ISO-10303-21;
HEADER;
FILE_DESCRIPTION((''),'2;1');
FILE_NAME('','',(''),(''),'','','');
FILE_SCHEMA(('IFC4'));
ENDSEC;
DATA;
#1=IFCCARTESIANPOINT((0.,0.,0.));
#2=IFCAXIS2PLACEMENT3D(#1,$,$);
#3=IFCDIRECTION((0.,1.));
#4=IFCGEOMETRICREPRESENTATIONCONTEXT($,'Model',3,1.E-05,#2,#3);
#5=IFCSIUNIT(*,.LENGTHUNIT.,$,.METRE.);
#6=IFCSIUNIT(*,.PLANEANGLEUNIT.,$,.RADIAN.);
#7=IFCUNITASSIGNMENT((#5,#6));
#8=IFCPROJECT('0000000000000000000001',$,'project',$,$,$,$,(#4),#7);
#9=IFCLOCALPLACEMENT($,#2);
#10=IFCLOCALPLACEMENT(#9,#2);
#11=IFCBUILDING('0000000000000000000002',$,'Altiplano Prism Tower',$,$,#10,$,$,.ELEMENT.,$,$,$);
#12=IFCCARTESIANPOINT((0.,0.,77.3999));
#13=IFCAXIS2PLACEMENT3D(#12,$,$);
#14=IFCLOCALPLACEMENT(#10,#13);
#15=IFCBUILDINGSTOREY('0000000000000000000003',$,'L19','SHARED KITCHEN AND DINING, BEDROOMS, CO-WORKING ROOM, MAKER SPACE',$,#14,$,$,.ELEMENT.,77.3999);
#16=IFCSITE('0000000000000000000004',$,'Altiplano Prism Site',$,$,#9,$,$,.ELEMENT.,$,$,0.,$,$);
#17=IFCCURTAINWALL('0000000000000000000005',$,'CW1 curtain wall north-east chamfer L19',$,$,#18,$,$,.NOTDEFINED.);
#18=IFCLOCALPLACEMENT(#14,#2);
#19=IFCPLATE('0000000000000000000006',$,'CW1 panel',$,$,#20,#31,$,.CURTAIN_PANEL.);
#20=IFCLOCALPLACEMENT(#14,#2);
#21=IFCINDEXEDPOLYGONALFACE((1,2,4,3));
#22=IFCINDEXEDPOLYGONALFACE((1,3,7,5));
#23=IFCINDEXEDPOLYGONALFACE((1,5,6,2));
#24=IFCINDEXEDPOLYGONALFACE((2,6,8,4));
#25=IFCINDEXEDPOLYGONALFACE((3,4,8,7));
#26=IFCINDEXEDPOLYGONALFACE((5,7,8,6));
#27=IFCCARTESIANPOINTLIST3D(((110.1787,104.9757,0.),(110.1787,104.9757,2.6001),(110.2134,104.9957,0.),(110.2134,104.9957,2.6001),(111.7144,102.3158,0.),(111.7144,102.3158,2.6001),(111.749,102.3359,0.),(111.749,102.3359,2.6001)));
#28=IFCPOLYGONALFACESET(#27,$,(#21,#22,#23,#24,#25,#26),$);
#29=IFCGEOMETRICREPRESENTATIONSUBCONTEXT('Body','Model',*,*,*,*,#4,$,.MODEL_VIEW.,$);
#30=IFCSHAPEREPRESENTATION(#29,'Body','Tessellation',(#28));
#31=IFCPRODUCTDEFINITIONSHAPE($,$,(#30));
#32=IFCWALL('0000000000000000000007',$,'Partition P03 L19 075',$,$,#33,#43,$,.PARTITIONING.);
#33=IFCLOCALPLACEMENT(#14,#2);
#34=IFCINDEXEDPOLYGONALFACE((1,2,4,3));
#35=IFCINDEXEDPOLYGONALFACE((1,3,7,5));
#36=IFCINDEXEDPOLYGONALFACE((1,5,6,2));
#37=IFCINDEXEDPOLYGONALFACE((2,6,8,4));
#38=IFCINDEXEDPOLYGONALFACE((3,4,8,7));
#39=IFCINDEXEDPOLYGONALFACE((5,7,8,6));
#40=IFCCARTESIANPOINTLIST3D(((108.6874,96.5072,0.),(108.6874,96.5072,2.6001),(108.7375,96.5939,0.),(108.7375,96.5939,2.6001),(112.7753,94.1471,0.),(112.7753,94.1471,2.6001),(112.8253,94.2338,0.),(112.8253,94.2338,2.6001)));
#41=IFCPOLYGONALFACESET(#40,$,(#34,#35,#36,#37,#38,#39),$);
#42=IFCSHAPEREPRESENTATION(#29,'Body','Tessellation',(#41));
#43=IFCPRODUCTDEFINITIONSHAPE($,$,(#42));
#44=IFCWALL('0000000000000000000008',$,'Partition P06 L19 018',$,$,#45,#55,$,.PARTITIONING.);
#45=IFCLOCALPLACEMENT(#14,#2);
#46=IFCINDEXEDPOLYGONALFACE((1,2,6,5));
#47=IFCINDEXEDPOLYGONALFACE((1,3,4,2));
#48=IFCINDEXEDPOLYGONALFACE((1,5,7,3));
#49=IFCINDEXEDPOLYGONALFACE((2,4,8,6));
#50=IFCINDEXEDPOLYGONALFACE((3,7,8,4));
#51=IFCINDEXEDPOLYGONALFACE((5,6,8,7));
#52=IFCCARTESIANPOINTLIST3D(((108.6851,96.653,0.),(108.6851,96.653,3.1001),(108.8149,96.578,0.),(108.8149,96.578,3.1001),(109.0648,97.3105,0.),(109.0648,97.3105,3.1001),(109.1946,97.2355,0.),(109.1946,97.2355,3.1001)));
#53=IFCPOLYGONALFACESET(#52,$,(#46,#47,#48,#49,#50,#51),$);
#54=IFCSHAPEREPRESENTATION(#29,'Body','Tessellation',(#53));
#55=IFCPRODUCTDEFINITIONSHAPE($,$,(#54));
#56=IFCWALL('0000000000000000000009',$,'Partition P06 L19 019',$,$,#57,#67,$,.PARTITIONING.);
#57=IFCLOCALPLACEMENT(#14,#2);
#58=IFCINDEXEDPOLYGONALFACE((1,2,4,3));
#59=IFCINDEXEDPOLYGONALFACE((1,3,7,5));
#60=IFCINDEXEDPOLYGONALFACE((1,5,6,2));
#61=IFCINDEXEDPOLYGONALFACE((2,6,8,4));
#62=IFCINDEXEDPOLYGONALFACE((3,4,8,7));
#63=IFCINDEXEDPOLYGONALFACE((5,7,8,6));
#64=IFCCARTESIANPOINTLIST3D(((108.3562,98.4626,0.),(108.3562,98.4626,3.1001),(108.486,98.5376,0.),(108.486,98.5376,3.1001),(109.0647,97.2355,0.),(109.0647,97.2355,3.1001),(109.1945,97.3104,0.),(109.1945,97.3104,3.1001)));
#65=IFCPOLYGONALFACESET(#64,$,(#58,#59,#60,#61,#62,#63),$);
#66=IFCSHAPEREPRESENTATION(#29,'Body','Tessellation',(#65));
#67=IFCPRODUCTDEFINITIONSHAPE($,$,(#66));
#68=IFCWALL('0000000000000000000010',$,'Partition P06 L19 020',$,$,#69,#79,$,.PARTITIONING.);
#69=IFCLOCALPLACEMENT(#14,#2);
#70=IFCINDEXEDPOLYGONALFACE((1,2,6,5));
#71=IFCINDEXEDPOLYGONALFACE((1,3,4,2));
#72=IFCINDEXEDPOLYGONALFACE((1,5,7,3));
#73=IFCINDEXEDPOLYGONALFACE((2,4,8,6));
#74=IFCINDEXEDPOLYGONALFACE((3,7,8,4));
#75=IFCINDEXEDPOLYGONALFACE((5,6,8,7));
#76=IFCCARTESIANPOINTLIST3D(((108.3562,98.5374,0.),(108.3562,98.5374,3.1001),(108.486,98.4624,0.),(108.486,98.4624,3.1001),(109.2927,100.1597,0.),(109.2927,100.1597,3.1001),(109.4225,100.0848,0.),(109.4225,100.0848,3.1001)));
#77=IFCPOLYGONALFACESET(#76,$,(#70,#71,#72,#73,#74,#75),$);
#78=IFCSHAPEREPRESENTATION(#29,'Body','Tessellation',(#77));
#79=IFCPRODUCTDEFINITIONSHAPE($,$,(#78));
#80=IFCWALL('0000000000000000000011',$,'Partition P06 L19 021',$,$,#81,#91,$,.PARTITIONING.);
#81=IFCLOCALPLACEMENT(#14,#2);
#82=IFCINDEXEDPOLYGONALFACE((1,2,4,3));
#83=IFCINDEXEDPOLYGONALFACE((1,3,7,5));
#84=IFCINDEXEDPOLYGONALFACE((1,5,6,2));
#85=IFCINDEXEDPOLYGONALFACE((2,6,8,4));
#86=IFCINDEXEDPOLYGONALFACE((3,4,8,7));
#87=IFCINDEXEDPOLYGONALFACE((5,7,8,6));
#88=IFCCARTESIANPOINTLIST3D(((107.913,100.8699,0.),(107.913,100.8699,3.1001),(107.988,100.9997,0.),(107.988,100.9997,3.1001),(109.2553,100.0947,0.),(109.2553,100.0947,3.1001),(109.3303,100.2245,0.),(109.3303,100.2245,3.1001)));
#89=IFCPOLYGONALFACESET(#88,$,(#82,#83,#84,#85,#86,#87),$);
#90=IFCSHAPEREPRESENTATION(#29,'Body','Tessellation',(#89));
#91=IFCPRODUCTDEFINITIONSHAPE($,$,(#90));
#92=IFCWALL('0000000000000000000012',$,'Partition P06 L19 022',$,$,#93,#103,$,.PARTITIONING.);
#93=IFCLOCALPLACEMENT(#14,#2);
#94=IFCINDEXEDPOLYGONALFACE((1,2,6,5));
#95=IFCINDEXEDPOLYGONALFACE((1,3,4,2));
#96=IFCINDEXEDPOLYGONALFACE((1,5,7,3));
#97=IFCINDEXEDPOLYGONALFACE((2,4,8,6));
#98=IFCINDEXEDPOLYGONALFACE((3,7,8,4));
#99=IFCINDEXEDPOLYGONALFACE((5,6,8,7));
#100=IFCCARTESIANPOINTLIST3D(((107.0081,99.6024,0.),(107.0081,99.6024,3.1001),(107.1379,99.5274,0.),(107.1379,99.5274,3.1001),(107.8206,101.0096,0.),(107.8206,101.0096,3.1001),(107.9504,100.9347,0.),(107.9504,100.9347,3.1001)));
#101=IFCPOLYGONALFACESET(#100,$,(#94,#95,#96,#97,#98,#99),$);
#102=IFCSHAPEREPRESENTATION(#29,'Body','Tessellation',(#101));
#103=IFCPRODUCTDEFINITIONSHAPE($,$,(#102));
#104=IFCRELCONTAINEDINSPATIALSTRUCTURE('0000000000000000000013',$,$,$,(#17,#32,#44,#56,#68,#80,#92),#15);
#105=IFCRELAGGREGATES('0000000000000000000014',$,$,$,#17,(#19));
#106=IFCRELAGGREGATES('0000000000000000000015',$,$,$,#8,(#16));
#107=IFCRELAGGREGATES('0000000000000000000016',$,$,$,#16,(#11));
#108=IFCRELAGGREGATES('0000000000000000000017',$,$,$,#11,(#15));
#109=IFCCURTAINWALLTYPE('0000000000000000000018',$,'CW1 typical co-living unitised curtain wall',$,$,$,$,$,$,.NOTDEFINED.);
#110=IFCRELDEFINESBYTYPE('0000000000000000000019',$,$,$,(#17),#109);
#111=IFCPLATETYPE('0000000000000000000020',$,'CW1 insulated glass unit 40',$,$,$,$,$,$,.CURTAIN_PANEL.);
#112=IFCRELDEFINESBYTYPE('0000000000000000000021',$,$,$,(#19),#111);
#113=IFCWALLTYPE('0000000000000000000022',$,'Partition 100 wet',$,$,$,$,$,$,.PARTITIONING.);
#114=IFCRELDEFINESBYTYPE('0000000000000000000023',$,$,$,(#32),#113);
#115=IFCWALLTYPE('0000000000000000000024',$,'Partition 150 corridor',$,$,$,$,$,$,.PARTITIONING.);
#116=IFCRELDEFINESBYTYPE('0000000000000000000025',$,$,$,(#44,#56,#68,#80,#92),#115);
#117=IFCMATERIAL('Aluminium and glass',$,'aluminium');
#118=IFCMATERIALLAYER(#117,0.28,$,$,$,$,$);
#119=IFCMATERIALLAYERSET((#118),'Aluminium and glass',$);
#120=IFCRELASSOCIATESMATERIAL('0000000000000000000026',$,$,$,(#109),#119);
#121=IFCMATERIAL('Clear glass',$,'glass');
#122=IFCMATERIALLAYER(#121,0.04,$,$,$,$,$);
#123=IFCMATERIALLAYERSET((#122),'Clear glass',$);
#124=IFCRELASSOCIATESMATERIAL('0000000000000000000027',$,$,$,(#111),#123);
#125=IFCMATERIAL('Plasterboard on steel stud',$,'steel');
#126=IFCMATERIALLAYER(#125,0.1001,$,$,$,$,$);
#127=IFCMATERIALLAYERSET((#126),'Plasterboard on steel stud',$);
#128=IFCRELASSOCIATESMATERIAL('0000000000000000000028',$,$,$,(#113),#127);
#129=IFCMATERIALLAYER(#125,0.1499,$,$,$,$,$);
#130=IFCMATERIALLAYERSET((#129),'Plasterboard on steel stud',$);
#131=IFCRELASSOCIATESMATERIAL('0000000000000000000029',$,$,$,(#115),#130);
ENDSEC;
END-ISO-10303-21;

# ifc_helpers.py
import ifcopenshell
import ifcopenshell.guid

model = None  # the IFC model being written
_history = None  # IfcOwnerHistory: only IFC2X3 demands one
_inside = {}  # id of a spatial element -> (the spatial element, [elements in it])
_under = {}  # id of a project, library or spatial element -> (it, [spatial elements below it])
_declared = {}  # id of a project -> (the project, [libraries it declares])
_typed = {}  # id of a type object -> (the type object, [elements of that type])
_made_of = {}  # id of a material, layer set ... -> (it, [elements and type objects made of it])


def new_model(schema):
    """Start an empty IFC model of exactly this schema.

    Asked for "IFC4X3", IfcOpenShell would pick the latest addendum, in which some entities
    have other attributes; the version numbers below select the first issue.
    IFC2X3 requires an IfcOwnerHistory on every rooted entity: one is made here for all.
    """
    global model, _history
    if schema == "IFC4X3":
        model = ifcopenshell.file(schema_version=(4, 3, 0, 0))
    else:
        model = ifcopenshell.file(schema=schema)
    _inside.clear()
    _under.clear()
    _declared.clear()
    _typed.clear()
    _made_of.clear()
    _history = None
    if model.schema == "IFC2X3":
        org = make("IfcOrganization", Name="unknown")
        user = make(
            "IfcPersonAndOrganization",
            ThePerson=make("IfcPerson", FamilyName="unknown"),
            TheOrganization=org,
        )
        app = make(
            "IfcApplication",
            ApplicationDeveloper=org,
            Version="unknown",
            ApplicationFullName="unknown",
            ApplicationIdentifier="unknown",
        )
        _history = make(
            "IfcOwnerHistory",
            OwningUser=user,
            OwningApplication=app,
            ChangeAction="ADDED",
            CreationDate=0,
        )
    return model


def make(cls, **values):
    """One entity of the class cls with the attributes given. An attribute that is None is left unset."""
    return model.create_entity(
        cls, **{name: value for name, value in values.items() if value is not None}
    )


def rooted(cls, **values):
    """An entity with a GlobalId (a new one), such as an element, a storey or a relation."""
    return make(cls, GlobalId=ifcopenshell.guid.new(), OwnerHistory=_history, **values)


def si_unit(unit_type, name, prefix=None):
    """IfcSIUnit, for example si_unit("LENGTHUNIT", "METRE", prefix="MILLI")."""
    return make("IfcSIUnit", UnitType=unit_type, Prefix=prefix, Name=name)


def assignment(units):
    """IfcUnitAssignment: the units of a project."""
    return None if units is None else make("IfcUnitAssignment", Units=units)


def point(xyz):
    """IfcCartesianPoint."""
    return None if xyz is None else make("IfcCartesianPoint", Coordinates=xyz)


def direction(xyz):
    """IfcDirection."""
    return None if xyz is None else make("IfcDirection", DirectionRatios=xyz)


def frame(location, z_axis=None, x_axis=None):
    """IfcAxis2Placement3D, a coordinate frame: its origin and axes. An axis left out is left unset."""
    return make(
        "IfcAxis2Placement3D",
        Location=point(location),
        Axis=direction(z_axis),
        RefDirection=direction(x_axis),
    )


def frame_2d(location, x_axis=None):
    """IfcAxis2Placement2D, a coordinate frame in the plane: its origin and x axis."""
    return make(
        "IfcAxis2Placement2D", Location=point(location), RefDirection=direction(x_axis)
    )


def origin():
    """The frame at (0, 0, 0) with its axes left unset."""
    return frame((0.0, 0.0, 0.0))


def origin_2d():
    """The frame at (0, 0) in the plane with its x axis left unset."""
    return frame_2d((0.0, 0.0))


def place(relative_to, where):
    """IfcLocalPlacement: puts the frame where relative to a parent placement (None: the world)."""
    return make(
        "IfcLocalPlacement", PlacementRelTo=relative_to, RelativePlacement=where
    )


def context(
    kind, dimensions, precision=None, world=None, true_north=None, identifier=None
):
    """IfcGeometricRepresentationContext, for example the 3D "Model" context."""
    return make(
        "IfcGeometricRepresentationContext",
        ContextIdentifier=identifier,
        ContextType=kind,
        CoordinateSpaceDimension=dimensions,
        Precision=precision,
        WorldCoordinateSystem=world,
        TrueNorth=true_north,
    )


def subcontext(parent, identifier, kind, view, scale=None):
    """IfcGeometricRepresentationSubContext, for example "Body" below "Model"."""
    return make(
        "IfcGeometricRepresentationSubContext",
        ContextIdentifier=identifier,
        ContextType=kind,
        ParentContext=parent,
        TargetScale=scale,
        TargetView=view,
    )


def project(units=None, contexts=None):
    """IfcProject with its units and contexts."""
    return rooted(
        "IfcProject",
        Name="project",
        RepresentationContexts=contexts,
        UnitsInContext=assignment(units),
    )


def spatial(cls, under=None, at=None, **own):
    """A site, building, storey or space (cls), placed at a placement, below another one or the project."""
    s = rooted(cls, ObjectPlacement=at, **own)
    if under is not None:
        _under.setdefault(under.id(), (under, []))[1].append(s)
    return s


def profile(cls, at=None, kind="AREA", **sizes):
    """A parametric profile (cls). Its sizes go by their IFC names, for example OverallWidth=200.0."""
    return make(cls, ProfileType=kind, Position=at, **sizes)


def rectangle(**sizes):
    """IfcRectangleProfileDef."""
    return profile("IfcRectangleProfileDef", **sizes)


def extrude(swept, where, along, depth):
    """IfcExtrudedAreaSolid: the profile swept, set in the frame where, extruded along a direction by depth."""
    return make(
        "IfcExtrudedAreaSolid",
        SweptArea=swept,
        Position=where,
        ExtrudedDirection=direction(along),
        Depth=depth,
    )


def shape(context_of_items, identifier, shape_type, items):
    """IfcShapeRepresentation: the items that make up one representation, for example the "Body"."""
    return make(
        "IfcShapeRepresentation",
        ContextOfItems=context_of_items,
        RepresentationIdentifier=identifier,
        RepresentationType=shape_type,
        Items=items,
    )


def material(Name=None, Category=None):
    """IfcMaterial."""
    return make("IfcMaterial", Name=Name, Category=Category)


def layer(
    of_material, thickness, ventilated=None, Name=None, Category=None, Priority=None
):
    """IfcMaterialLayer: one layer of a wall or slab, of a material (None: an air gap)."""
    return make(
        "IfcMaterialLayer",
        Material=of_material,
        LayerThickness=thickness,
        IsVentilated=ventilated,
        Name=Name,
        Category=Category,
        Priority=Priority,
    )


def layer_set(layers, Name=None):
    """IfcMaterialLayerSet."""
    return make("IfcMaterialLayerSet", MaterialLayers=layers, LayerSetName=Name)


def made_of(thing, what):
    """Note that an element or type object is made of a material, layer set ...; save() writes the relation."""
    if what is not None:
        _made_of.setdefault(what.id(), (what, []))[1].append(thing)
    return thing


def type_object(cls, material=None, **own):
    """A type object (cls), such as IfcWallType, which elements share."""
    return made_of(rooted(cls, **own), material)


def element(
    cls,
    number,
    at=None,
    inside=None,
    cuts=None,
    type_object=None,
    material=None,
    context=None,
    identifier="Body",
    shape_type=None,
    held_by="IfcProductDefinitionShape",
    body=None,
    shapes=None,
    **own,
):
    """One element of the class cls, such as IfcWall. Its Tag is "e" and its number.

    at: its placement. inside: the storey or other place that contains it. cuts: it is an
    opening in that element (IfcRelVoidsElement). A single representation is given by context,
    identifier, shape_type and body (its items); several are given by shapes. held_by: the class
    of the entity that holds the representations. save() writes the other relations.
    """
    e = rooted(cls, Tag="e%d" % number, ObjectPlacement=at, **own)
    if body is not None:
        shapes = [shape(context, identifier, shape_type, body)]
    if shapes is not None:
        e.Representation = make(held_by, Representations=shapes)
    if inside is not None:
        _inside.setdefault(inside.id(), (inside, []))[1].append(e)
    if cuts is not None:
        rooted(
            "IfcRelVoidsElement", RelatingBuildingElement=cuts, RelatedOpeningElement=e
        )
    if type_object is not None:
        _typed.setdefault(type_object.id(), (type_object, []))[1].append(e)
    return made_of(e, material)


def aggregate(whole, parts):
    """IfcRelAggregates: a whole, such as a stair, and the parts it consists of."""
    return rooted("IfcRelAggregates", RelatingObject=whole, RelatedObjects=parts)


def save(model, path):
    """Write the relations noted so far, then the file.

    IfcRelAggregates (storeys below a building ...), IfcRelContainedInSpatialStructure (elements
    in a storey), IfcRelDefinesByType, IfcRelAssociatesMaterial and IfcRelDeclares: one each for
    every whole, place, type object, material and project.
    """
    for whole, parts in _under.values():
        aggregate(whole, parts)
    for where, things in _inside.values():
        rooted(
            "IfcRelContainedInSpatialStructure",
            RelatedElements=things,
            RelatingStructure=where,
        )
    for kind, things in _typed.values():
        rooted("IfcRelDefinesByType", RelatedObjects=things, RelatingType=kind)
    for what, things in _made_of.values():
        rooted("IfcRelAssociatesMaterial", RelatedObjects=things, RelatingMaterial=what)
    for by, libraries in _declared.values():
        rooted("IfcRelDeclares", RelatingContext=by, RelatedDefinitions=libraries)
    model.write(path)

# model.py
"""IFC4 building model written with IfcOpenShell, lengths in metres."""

from ifc_helpers import new_model, si_unit, direction, frame, frame_2d, origin, origin_2d, place, context, subcontext, project, spatial, rectangle, extrude, material, layer, layer_set, type_object, element, aggregate, save


model = new_model("IFC4")

# Units and contexts
model_context = context("Model", 3, precision=1e-05, world=origin(), true_north=direction((0.0, 1.0)))
body_context = subcontext(model_context, "Body", "Model", "MODEL_VIEW")
ifc_project = project(units=[si_unit("LENGTHUNIT", "METRE"), si_unit("PLANEANGLEUNIT", "RADIAN")], contexts=[model_context])

# Site, building, storey
site_placement = place(None, origin())
site = spatial("IfcSite", under=ifc_project, at=site_placement, Name="Altiplano Prism Site", CompositionType="ELEMENT", RefElevation=0.0)
building_placement = place(site_placement, origin())
building = spatial("IfcBuilding", under=site, at=building_placement, Name="Altiplano Prism Tower", CompositionType="ELEMENT")
storey_placement = place(building_placement, frame((0.0, 0.0, 77.3999)))
storey = spatial("IfcBuildingStorey", under=building, at=storey_placement, Name="L19", Description="SHARED KITCHEN AND DINING, BEDROOMS, CO-WORKING ROOM, MAKER SPACE", CompositionType="ELEMENT", Elevation=77.3999)

# Curtain wall
ifc_material_1 = material(Name="Aluminium and glass", Category="aluminium")
ifc_layer_1 = layer(ifc_material_1, 0.28)
ifc_layer_set_1 = layer_set([ifc_layer_1], Name="Aluminium and glass")
curtain_wall_type = type_object("IfcCurtainWallType", Name="CW1 typical co-living unitised curtain wall", PredefinedType="NOTDEFINED", material=ifc_layer_set_1)
curtain_wall_1_placement = place(storey_placement, origin())
curtain_wall_1 = element("IfcCurtainWall", 1, at=curtain_wall_1_placement, inside=storey, type_object=curtain_wall_type, Name="CW1 curtain wall north-east chamfer L19", PredefinedType="NOTDEFINED")

# Plate
ifc_material_2 = material(Name="Clear glass", Category="glass")
ifc_layer_2 = layer(ifc_material_2, 0.04)
ifc_layer_set_2 = layer_set([ifc_layer_2], Name="Clear glass")
plate_type = type_object("IfcPlateType", Name="CW1 insulated glass unit 40", PredefinedType="CURTAIN_PANEL", material=ifc_layer_set_2)
plate_1_placement = place(storey_placement, frame((110.9639, 103.6558, 0.0), z_axis=(0.0, 0.0, 1.0), x_axis=(-0.5, 0.866025, 0.0)))
plate_1 = element("IfcPlate", 2, at=plate_1_placement, type_object=plate_type, Name="CW1 panel", PredefinedType="CURTAIN_PANEL", context=body_context, shape_type="SweptSolid", body=[
    extrude(rectangle(XDim=3.0713, YDim=0.04, at=origin_2d()), origin(), (0.0, 0.0, 1.0), 2.6001),
])
aggregate(curtain_wall_1, [plate_1])

# Walls
ifc_material_3 = material(Name="Plasterboard on steel stud", Category="steel")
ifc_layer_3 = layer(ifc_material_3, 0.1001)
ifc_layer_set_3 = layer_set([ifc_layer_3], Name="Plasterboard on steel stud")
wall_type_1 = type_object("IfcWallType", Name="Partition 100 wet", PredefinedType="PARTITIONING", material=ifc_layer_set_3)
wall_1_placement = place(storey_placement, frame((112.8003, 94.1904, 0.0), z_axis=(0.0, 0.0, 1.0), x_axis=(-0.866029, 0.499994, 0.0)))
element("IfcWall", 3, at=wall_1_placement, inside=storey, type_object=wall_type_1, Name="Partition P03 L19 075", PredefinedType="PARTITIONING", context=body_context, shape_type="SweptSolid", body=[
    extrude(rectangle(XDim=4.7202, YDim=0.1001, at=frame_2d((2.3601, 0.0))), origin(), (0.0, 0.0, 1.0), 2.6001),
])
ifc_layer_4 = layer(ifc_material_3, 0.1499)
ifc_layer_set_4 = layer_set([ifc_layer_4], Name="Plasterboard on steel stud")
wall_type_2 = type_object("IfcWallType", Name="Partition 150 corridor", PredefinedType="PARTITIONING", material=ifc_layer_set_4)
wall_2_placement = place(storey_placement, frame((108.75, 96.6155, 0.0), z_axis=(0.0, 0.0, 1.0), x_axis=(0.500047, 0.865998, 0.0)))
element("IfcWall", 4, at=wall_2_placement, inside=storey, type_object=wall_type_2, Name="Partition P06 L19 018", PredefinedType="PARTITIONING", context=body_context, shape_type="SweptSolid", body=[
    extrude(rectangle(XDim=0.7593, YDim=0.1499, at=frame_2d((0.3796, 0.0))), origin(), (0.0, 0.0, 1.0), 3.1001),
])
wall_3_placement = place(storey_placement, frame((109.1296, 97.2729, 0.0), z_axis=(0.0, 0.0, 1.0), x_axis=(-0.500031, 0.866008, 0.0)))
element("IfcWall", 5, at=wall_3_placement, inside=storey, type_object=wall_type_2, Name="Partition P06 L19 019", PredefinedType="PARTITIONING", context=body_context, shape_type="SweptSolid", body=[
    extrude(rectangle(XDim=1.417, YDim=0.1499, at=frame_2d((0.7085, 0.0))), origin(), (0.0, 0.0, 1.0), 3.1001),
])
wall_4_placement = place(storey_placement, frame((108.4211, 98.5, 0.0), z_axis=(0.0, 0.0, 1.0), x_axis=(0.499952, 0.866053, 0.0)))
element("IfcWall", 6, at=wall_4_placement, inside=storey, type_object=wall_type_2, Name="Partition P06 L19 020", PredefinedType="PARTITIONING", context=body_context, shape_type="SweptSolid", body=[
    extrude(rectangle(XDim=1.8733, YDim=0.1499, at=frame_2d((0.9365, 0.0))), origin(), (0.0, 0.0, 1.0), 3.1001),
])
wall_5_placement = place(storey_placement, frame((109.2927, 100.1597, 0.0), z_axis=(0.0, 0.0, 1.0), x_axis=(-0.865976, 0.500086, 0.0)))
element("IfcWall", 7, at=wall_5_placement, inside=storey, type_object=wall_type_2, Name="Partition P06 L19 021", PredefinedType="PARTITIONING", context=body_context, shape_type="SweptSolid", body=[
    extrude(rectangle(XDim=1.55, YDim=0.1499, at=frame_2d((0.7749, 0.0))), origin(), (0.0, 0.0, 1.0), 3.1001),
])
wall_6_placement = place(storey_placement, frame((107.8855, 100.9722, 0.0), z_axis=(0.0, 0.0, 1.0), x_axis=(-0.500017, -0.866015, 0.0)))
element("IfcWall", 8, at=wall_6_placement, inside=storey, type_object=wall_type_2, Name="Partition P06 L19 022", PredefinedType="PARTITIONING", context=body_context, shape_type="SweptSolid", body=[
    extrude(rectangle(XDim=1.625, YDim=0.1499, at=frame_2d((0.8125, 0.0))), origin(), (0.0, 0.0, 1.0), 3.1001),
])

save(model, "model.ifc")
